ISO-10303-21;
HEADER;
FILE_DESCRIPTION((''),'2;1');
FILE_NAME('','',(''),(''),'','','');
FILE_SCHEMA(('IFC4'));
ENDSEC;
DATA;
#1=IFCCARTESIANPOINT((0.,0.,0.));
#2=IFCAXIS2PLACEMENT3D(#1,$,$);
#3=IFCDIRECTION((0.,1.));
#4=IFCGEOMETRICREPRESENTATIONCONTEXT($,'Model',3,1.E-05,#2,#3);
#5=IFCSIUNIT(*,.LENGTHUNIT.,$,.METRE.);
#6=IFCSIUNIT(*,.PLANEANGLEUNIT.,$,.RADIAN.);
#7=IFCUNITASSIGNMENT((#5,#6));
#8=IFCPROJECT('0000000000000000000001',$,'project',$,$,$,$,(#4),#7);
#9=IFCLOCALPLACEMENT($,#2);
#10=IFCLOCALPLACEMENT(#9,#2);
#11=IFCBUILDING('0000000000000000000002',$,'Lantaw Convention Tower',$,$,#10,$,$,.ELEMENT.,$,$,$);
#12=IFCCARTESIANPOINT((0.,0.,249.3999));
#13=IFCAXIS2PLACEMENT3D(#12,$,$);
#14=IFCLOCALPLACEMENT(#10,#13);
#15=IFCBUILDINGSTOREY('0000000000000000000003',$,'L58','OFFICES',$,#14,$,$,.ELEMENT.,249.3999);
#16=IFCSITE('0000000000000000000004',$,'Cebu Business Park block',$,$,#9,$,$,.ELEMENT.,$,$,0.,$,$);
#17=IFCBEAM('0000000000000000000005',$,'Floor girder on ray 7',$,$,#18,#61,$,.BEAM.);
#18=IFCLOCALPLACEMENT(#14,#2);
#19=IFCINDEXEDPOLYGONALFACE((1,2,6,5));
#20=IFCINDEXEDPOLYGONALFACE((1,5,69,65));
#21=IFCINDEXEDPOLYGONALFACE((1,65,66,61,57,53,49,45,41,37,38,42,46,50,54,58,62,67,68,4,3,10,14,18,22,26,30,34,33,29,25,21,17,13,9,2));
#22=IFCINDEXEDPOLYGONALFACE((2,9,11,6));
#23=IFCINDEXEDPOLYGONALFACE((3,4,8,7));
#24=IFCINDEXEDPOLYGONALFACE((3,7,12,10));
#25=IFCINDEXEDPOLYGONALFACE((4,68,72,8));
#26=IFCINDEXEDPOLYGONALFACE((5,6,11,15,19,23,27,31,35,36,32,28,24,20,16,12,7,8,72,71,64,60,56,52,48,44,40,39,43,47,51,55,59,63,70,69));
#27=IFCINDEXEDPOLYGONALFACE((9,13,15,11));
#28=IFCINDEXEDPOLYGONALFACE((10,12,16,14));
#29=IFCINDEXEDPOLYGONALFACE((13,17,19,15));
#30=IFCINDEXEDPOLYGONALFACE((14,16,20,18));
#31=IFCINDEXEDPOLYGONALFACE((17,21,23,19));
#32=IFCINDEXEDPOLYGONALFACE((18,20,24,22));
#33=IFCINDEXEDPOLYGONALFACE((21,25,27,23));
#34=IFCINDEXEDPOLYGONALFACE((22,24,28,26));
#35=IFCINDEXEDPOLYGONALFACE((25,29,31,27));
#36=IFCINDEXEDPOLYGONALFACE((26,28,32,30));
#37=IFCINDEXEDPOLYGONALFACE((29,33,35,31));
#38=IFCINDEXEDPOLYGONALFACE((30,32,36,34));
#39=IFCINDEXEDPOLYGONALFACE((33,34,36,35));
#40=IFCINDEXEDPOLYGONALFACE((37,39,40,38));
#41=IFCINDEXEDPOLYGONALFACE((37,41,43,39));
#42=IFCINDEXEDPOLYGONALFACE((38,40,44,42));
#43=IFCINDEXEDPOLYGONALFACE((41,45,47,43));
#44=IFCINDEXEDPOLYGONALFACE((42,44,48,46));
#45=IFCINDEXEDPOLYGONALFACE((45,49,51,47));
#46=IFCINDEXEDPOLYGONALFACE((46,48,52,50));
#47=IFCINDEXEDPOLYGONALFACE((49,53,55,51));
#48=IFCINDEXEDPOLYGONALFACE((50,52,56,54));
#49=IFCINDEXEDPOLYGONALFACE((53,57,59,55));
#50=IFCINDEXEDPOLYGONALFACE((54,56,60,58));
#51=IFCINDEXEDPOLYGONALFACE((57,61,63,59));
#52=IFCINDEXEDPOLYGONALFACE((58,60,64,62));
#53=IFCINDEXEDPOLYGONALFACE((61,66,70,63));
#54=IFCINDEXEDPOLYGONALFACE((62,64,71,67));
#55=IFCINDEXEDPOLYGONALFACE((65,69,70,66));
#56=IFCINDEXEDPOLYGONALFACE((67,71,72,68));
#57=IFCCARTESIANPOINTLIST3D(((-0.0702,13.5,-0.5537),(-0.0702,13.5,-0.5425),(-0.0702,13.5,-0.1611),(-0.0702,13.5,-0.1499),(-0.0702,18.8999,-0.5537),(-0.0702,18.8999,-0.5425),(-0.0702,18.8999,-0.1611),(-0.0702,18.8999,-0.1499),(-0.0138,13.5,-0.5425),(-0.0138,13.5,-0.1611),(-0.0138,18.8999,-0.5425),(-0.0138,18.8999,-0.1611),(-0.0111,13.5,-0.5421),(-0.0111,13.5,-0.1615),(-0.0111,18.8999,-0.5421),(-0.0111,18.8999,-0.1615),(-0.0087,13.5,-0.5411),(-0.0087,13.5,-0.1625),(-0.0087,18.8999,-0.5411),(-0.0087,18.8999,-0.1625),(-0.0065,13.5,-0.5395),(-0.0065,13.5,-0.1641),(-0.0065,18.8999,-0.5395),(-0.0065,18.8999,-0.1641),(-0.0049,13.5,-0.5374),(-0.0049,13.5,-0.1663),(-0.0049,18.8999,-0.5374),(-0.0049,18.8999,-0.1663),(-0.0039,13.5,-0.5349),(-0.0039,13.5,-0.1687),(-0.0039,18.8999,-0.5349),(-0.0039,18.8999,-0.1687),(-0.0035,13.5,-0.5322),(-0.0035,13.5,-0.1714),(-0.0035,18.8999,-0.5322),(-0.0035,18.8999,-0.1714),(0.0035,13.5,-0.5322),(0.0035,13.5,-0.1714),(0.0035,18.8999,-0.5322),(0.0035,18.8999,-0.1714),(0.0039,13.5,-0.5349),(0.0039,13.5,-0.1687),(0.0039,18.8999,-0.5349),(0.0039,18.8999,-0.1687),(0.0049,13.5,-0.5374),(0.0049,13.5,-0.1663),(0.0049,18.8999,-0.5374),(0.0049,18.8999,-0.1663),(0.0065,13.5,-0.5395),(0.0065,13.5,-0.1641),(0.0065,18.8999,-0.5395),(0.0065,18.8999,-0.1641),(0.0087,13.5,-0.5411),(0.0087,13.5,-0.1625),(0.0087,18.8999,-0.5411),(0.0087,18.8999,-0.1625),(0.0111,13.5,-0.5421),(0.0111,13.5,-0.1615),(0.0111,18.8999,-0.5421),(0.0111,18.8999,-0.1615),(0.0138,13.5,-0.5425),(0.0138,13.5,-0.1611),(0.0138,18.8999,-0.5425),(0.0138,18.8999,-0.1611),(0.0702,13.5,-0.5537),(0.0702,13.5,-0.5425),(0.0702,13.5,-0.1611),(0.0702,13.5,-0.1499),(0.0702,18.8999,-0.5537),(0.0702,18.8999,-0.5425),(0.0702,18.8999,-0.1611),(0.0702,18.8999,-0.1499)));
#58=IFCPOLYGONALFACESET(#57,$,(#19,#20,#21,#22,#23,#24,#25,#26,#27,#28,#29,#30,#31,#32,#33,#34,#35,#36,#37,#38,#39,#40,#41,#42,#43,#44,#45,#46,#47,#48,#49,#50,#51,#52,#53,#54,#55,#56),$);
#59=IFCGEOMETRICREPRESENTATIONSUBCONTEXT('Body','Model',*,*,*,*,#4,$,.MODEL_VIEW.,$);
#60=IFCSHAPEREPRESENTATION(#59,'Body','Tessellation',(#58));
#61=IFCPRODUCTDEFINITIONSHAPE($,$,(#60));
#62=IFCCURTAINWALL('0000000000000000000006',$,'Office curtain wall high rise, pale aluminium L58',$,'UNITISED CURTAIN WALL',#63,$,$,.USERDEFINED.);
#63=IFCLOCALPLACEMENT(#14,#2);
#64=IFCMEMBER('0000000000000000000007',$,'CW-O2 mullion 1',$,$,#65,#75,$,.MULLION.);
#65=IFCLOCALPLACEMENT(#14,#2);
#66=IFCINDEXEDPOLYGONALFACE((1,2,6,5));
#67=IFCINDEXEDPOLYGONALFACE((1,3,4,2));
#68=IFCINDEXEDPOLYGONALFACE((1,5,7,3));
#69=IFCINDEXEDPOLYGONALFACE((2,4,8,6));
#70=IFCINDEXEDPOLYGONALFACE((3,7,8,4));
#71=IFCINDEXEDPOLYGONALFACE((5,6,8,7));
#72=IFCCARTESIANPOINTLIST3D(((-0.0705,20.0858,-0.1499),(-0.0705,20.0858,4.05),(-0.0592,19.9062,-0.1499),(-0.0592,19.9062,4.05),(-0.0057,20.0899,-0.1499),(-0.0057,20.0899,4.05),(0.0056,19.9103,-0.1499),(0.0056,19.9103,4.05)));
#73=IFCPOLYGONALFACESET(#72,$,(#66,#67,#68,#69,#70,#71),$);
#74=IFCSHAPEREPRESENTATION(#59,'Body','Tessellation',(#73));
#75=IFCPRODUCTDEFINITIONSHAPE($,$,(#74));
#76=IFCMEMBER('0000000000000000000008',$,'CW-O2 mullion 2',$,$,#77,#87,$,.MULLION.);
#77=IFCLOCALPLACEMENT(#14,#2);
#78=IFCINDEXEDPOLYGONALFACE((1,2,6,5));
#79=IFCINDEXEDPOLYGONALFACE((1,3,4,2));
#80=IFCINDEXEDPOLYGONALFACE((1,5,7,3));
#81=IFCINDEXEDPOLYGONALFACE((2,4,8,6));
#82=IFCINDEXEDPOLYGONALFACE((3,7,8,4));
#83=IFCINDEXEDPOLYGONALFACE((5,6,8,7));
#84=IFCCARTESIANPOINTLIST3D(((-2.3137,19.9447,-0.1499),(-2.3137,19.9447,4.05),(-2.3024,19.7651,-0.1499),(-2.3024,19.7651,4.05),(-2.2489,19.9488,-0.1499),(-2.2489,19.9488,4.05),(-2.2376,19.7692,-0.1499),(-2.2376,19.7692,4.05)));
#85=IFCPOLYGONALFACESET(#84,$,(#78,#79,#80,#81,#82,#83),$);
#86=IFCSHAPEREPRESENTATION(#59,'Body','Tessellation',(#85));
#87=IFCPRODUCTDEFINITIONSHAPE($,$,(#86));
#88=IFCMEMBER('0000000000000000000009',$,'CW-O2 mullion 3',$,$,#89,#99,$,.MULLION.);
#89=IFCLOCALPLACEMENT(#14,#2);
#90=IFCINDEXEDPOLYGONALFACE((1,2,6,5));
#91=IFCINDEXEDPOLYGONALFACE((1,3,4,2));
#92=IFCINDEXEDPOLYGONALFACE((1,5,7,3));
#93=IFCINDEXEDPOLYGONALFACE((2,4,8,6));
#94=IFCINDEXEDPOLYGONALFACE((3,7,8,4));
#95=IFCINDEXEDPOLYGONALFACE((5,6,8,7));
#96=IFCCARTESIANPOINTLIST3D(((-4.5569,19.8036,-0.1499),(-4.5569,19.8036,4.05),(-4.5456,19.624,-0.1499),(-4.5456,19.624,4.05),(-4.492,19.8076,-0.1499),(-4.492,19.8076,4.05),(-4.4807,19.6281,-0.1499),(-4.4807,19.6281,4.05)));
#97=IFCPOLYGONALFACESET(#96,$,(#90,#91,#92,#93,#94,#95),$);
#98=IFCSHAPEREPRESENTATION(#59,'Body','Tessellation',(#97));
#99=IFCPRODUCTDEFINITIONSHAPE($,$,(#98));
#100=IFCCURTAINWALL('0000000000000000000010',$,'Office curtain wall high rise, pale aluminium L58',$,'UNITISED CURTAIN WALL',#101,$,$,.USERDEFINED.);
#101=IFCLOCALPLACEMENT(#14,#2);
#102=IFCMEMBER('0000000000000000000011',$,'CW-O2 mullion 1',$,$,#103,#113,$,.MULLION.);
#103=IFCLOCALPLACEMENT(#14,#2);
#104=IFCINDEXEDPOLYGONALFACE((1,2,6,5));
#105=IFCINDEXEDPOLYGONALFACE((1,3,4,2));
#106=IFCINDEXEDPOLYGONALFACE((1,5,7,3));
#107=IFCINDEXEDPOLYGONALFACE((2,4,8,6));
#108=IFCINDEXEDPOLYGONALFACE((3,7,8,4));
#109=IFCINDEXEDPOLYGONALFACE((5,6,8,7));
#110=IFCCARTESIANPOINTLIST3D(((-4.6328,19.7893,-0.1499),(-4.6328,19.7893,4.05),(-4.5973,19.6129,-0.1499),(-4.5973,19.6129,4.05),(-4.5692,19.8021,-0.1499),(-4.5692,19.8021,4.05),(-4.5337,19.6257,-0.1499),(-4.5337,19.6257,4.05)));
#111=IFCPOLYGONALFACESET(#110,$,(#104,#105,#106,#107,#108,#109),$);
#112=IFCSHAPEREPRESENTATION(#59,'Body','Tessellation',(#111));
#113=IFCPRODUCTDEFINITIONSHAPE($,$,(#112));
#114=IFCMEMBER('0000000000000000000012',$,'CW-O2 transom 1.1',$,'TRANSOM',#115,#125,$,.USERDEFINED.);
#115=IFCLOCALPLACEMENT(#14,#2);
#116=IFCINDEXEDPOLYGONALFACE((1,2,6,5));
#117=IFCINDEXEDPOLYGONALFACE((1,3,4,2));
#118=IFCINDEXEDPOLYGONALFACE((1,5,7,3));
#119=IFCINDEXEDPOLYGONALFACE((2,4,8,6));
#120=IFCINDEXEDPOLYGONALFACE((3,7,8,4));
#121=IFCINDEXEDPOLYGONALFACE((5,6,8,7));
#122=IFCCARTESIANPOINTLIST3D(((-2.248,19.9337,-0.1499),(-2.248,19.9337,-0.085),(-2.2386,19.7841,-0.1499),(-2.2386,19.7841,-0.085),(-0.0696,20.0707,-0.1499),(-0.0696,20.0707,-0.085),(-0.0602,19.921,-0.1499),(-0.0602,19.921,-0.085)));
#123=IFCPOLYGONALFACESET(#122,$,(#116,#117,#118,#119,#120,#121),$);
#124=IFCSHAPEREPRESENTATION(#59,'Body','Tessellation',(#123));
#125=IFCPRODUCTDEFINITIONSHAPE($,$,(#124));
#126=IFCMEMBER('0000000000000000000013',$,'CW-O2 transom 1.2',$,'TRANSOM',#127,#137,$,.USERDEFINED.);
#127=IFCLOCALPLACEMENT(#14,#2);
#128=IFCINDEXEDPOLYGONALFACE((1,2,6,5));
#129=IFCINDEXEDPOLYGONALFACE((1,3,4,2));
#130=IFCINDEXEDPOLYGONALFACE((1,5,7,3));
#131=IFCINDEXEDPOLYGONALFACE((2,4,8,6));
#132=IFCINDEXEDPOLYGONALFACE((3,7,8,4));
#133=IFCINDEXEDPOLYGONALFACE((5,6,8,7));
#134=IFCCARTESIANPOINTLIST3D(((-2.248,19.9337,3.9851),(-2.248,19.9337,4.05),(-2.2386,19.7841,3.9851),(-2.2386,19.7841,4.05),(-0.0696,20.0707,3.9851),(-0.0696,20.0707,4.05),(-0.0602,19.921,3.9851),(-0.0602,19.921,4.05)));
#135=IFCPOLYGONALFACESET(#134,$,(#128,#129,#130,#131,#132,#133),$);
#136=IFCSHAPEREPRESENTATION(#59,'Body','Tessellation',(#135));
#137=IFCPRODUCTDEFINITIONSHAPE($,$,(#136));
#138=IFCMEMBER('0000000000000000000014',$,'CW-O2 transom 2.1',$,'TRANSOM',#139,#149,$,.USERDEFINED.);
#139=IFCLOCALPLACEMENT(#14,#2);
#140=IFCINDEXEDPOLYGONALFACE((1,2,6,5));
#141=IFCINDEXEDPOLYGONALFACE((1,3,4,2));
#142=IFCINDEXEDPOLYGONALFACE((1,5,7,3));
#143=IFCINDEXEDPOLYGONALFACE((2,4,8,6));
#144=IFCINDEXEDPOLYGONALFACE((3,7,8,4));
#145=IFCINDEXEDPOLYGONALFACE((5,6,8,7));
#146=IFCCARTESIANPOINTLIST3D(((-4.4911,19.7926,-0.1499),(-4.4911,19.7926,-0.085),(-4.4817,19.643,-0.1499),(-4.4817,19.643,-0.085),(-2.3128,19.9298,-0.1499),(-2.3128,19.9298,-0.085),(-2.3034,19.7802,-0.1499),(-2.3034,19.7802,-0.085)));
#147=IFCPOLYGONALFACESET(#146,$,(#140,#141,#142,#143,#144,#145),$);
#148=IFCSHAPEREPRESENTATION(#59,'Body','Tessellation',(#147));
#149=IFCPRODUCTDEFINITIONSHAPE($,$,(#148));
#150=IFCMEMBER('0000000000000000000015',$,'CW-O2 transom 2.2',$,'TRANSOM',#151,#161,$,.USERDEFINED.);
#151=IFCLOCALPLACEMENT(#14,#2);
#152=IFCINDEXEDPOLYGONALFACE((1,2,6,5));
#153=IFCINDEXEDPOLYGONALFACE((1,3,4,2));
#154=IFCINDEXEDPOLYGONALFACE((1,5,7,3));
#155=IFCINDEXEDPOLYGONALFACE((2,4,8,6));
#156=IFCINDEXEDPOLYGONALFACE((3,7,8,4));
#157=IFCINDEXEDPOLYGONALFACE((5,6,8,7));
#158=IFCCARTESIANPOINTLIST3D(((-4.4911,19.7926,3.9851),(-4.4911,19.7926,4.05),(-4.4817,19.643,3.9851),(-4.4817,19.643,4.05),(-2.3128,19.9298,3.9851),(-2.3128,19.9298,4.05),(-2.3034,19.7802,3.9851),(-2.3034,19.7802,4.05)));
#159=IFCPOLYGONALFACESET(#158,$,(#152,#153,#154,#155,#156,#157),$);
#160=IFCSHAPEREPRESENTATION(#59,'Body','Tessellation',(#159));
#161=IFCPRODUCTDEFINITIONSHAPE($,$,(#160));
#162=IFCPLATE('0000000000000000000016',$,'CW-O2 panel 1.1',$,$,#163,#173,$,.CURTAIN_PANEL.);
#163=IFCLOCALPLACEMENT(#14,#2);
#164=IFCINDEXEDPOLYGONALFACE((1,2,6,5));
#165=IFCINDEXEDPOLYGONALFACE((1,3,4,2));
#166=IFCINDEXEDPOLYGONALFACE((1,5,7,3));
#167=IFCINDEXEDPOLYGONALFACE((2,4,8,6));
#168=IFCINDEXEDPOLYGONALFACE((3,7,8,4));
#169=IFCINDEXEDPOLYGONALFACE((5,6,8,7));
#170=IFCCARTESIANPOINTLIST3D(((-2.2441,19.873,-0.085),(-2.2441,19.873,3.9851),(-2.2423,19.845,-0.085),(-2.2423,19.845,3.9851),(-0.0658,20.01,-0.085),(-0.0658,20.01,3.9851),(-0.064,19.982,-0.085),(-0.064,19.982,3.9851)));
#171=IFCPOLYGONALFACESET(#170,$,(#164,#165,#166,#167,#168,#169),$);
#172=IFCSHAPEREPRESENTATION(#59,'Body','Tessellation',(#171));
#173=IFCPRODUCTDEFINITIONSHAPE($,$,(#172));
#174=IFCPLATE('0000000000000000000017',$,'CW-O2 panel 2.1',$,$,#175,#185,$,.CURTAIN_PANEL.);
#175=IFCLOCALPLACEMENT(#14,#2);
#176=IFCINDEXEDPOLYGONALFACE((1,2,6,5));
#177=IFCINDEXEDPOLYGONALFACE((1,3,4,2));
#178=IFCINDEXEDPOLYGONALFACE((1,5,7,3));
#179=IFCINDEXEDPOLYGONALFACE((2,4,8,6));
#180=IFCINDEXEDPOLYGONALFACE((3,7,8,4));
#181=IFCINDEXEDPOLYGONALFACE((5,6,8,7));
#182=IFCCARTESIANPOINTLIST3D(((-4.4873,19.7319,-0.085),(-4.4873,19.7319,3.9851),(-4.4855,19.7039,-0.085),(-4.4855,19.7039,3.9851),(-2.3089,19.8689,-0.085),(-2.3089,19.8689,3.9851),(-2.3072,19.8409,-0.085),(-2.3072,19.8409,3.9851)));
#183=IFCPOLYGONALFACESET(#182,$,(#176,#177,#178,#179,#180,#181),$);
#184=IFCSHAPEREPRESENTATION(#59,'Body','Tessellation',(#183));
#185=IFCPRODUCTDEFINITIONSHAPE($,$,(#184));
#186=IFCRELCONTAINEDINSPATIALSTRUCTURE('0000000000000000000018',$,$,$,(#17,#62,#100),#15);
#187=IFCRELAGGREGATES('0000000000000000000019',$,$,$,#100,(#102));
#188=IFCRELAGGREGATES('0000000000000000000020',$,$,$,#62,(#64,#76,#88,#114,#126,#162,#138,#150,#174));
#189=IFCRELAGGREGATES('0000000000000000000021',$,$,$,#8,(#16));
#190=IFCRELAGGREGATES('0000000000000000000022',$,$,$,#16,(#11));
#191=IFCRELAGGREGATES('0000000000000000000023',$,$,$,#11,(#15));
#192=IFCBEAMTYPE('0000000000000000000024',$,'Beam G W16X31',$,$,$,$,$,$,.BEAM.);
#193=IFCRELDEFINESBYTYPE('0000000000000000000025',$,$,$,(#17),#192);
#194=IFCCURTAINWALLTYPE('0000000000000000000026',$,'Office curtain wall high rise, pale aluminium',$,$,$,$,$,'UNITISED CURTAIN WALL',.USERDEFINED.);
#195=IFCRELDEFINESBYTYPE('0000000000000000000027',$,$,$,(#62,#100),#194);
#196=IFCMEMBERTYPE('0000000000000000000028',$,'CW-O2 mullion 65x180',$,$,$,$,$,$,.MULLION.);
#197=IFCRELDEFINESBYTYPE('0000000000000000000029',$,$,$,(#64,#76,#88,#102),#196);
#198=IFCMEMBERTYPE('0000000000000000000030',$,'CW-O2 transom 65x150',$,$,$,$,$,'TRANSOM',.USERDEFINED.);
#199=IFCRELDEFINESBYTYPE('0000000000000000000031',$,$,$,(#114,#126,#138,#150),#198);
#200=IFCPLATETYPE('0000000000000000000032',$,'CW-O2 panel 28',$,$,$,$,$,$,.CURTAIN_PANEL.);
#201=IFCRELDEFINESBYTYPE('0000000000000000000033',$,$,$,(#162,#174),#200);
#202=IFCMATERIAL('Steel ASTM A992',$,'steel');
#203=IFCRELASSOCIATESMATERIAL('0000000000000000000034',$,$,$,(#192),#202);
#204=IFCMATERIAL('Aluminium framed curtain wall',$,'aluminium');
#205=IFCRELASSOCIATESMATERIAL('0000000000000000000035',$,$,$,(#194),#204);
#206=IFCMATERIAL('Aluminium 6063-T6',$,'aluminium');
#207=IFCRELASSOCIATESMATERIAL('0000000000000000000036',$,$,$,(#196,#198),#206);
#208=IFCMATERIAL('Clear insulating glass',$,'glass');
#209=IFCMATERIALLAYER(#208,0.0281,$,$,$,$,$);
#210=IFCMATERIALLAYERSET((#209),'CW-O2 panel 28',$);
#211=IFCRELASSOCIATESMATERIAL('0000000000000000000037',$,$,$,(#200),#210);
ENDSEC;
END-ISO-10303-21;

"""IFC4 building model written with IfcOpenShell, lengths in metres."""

from ifc_helpers import new_model, si_unit, direction, frame, origin, origin_2d, place, context, subcontext, project, spatial, rectangle, i_section, extrude, material, layer, layer_set, material_profile, profile_set, type_object, element, aggregate, save


model = new_model("IFC4")

# Units and contexts
model_context = context("Model", 3, precision=1e-05, world=origin(), true_north=direction((0.0, 1.0)))
body_context = subcontext(model_context, "Body", "Model", "MODEL_VIEW")
ifc_project = project(units=[si_unit("LENGTHUNIT", "METRE"), si_unit("PLANEANGLEUNIT", "RADIAN")], contexts=[model_context])

# Site, building, storey
site_placement = place(None, origin())
site = spatial("IfcSite", under=ifc_project, at=site_placement, Name="Cebu Business Park block", CompositionType="ELEMENT", RefElevation=0.0)
building_placement = place(site_placement, origin())
building = spatial("IfcBuilding", under=site, at=building_placement, Name="Lantaw Convention Tower", CompositionType="ELEMENT")
storey_placement = place(building_placement, frame((0.0, 0.0, 249.3999)))
storey = spatial("IfcBuildingStorey", under=building, at=storey_placement, Name="L58", Description="OFFICES", CompositionType="ELEMENT", Elevation=249.3999)

# Beam
ifc_material_1 = material(Name="Steel ASTM A992", Category="steel")
ifc_material_profile_1 = material_profile(ifc_material_1, i_section(OverallWidth=0.1404, OverallDepth=0.4038, WebThickness=0.0071, FlangeThickness=0.0112, FilletRadius=0.0103, at=origin_2d()), Name="W16X31")
ifc_profile_set_1 = profile_set([ifc_material_profile_1], Name="Steel ASTM A992")
beam_type_1 = type_object("IfcBeamType", Name="Beam G W16X31", PredefinedType="BEAM", material=ifc_profile_set_1)
beam_1_placement = place(storey_placement, frame((0.0, 13.5, -0.3518), z_axis=(0.0, 1.0, 0.0), x_axis=(-1.0, 0.0, 0.0)))
element("IfcBeam", 1, at=beam_1_placement, inside=storey, type_object=beam_type_1, Name="Floor girder on ray 7", PredefinedType="BEAM", context=body_context, shape_type="SweptSolid", body=[
    extrude(i_section(OverallWidth=0.1404, OverallDepth=0.4038, WebThickness=0.0071, FlangeThickness=0.0112, FilletRadius=0.0103, at=origin_2d()), origin(), (0.0, 0.0, 1.0), 5.3999),
])

# Curtain wall, members
ifc_material_2 = material(Name="Aluminium framed curtain wall", Category="aluminium")
curtain_wall_type = type_object("IfcCurtainWallType", Name="Office curtain wall high rise, pale aluminium", ElementType="UNITISED CURTAIN WALL", PredefinedType="USERDEFINED", material=ifc_material_2)
curtain_wall_1_placement = place(storey_placement, origin())
curtain_wall_1 = element("IfcCurtainWall", 2, at=curtain_wall_1_placement, inside=storey, type_object=curtain_wall_type, Name="Office curtain wall high rise, pale aluminium L58", ObjectType="UNITISED CURTAIN WALL", PredefinedType="USERDEFINED")
ifc_material_3 = material(Name="Aluminium 6063-T6", Category="aluminium")
ifc_material_profile_2 = material_profile(ifc_material_3, rectangle(XDim=0.1799, YDim=0.0649, at=origin_2d()), Name="CW-O2 mullion 65x180")
ifc_profile_set_2 = profile_set([ifc_material_profile_2], Name="Aluminium 6063-T6")
member_type_1 = type_object("IfcMemberType", Name="CW-O2 mullion 65x180", PredefinedType="MULLION", material=ifc_profile_set_2)
member_1_placement = place(storey_placement, frame((-0.0325, 19.998, -0.1499), z_axis=(0.0, 0.0, 1.0), x_axis=(0.062758, -0.998029, 0.0)))
member_1 = element("IfcMember", 3, at=member_1_placement, type_object=member_type_1, Name="CW-O2 mullion 1", PredefinedType="MULLION", context=body_context, shape_type="SweptSolid", body=[
    extrude(rectangle(XDim=0.1799, YDim=0.0649, at=origin_2d()), origin(), (0.0, 0.0, 1.0), 4.2),
])
member_2_placement = place(storey_placement, frame((-2.2756, 19.8569, -0.1499), z_axis=(0.0, 0.0, 1.0), x_axis=(0.062758, -0.998029, 0.0)))
member_2 = element("IfcMember", 4, at=member_2_placement, type_object=member_type_1, Name="CW-O2 mullion 2", PredefinedType="MULLION", context=body_context, shape_type="SweptSolid", body=[
    extrude(rectangle(XDim=0.1799, YDim=0.0649, at=origin_2d()), origin(), (0.0, 0.0, 1.0), 4.2),
])
member_3_placement = place(storey_placement, frame((-4.5188, 19.7158, -0.1499), z_axis=(0.0, 0.0, 1.0), x_axis=(0.062758, -0.998029, 0.0)))
member_3 = element("IfcMember", 5, at=member_3_placement, type_object=member_type_1, Name="CW-O2 mullion 3", PredefinedType="MULLION", context=body_context, shape_type="SweptSolid", body=[
    extrude(rectangle(XDim=0.1799, YDim=0.0649, at=origin_2d()), origin(), (0.0, 0.0, 1.0), 4.2),
])

# Curtain wall, member
curtain_wall_2_placement = place(storey_placement, origin())
curtain_wall_2 = element("IfcCurtainWall", 6, at=curtain_wall_2_placement, inside=storey, type_object=curtain_wall_type, Name="Office curtain wall high rise, pale aluminium L58", ObjectType="UNITISED CURTAIN WALL", PredefinedType="USERDEFINED")
member_4_placement = place(storey_placement, frame((-4.5833, 19.7075, -0.1499), z_axis=(0.0, 0.0, 1.0), x_axis=(0.197183, -0.980367, 0.0)))
member_4 = element("IfcMember", 7, at=member_4_placement, type_object=member_type_1, Name="CW-O2 mullion 1", PredefinedType="MULLION", context=body_context, shape_type="SweptSolid", body=[
    extrude(rectangle(XDim=0.1799, YDim=0.0649, at=origin_2d()), origin(), (0.0, 0.0, 1.0), 4.2),
])
aggregate(curtain_wall_2, [member_4])

# Members
ifc_material_profile_3 = material_profile(ifc_material_3, rectangle(XDim=0.1499, YDim=0.0649, at=origin_2d()), Name="CW-O2 transom 65x150")
ifc_profile_set_3 = profile_set([ifc_material_profile_3], Name="Aluminium 6063-T6")
member_type_2 = type_object("IfcMemberType", Name="CW-O2 transom 65x150", ElementType="TRANSOM", PredefinedType="USERDEFINED", material=ifc_profile_set_3)
member_5_placement = place(storey_placement, frame((-0.0649, 19.9958, -0.1174), z_axis=(-0.998029, -0.062754, 0.0), x_axis=(0.062754, -0.998029, 0.0)))
member_5 = element("IfcMember", 8, at=member_5_placement, type_object=member_type_2, Name="CW-O2 transom 1.1", ObjectType="TRANSOM", PredefinedType="USERDEFINED", context=body_context, shape_type="SweptSolid", body=[
    extrude(rectangle(XDim=0.1499, YDim=0.0649, at=origin_2d()), origin(), (0.0, 0.0, 1.0), 2.1826),
])
member_6_placement = place(storey_placement, frame((-0.0649, 19.9958, 4.0176), z_axis=(-0.998029, -0.062754, 0.0), x_axis=(0.062754, -0.998029, 0.0)))
member_6 = element("IfcMember", 9, at=member_6_placement, type_object=member_type_2, Name="CW-O2 transom 1.2", ObjectType="TRANSOM", PredefinedType="USERDEFINED", context=body_context, shape_type="SweptSolid", body=[
    extrude(rectangle(XDim=0.1499, YDim=0.0649, at=origin_2d()), origin(), (0.0, 0.0, 1.0), 2.1826),
])
member_7_placement = place(storey_placement, frame((-2.3081, 19.855, -0.1174), z_axis=(-0.998022, -0.062866, 0.0), x_axis=(0.062866, -0.998022, 0.0)))
member_7 = element("IfcMember", 10, at=member_7_placement, type_object=member_type_2, Name="CW-O2 transom 2.1", ObjectType="TRANSOM", PredefinedType="USERDEFINED", context=body_context, shape_type="SweptSolid", body=[
    extrude(rectangle(XDim=0.1499, YDim=0.0649, at=origin_2d()), origin(), (0.0, 0.0, 1.0), 2.1826),
])
member_8_placement = place(storey_placement, frame((-2.3081, 19.855, 4.0176), z_axis=(-0.998022, -0.062866, 0.0), x_axis=(0.062866, -0.998022, 0.0)))
member_8 = element("IfcMember", 11, at=member_8_placement, type_object=member_type_2, Name="CW-O2 transom 2.2", ObjectType="TRANSOM", PredefinedType="USERDEFINED", context=body_context, shape_type="SweptSolid", body=[
    extrude(rectangle(XDim=0.1499, YDim=0.0649, at=origin_2d()), origin(), (0.0, 0.0, 1.0), 2.1826),
])

# Plates
ifc_material_4 = material(Name="Clear insulating glass", Category="glass")
ifc_layer_1 = layer(ifc_material_4, 0.0281)
ifc_layer_set_1 = layer_set([ifc_layer_1], Name="CW-O2 panel 28")
plate_type_1 = type_object("IfcPlateType", Name="CW-O2 panel 28", PredefinedType="CURTAIN_PANEL", material=ifc_layer_set_1)
plate_1_placement = place(storey_placement, frame((-1.1541, 19.9275, -0.085), z_axis=(0.0, 0.0, 1.0), x_axis=(-0.998029, -0.062758, 0.0)))
plate_1 = element("IfcPlate", 12, at=plate_1_placement, type_object=plate_type_1, Name="CW-O2 panel 1.1", PredefinedType="CURTAIN_PANEL", context=body_context, shape_type="SweptSolid", body=[
    extrude(rectangle(XDim=2.1826, YDim=0.0281, at=origin_2d()), origin(), (0.0, 0.0, 1.0), 4.0701),
])
plate_2_placement = place(storey_placement, frame((-3.3972, 19.7864, -0.085), z_axis=(0.0, 0.0, 1.0), x_axis=(-0.998029, -0.062758, 0.0)))
plate_2 = element("IfcPlate", 13, at=plate_2_placement, type_object=plate_type_1, Name="CW-O2 panel 2.1", PredefinedType="CURTAIN_PANEL", context=body_context, shape_type="SweptSolid", body=[
    extrude(rectangle(XDim=2.1826, YDim=0.0281, at=origin_2d()), origin(), (0.0, 0.0, 1.0), 4.0701),
])
aggregate(curtain_wall_1, [member_1, member_2, member_3, member_5, member_6, plate_1, member_7, member_8, plate_2])

save(model, "model.ifc")
